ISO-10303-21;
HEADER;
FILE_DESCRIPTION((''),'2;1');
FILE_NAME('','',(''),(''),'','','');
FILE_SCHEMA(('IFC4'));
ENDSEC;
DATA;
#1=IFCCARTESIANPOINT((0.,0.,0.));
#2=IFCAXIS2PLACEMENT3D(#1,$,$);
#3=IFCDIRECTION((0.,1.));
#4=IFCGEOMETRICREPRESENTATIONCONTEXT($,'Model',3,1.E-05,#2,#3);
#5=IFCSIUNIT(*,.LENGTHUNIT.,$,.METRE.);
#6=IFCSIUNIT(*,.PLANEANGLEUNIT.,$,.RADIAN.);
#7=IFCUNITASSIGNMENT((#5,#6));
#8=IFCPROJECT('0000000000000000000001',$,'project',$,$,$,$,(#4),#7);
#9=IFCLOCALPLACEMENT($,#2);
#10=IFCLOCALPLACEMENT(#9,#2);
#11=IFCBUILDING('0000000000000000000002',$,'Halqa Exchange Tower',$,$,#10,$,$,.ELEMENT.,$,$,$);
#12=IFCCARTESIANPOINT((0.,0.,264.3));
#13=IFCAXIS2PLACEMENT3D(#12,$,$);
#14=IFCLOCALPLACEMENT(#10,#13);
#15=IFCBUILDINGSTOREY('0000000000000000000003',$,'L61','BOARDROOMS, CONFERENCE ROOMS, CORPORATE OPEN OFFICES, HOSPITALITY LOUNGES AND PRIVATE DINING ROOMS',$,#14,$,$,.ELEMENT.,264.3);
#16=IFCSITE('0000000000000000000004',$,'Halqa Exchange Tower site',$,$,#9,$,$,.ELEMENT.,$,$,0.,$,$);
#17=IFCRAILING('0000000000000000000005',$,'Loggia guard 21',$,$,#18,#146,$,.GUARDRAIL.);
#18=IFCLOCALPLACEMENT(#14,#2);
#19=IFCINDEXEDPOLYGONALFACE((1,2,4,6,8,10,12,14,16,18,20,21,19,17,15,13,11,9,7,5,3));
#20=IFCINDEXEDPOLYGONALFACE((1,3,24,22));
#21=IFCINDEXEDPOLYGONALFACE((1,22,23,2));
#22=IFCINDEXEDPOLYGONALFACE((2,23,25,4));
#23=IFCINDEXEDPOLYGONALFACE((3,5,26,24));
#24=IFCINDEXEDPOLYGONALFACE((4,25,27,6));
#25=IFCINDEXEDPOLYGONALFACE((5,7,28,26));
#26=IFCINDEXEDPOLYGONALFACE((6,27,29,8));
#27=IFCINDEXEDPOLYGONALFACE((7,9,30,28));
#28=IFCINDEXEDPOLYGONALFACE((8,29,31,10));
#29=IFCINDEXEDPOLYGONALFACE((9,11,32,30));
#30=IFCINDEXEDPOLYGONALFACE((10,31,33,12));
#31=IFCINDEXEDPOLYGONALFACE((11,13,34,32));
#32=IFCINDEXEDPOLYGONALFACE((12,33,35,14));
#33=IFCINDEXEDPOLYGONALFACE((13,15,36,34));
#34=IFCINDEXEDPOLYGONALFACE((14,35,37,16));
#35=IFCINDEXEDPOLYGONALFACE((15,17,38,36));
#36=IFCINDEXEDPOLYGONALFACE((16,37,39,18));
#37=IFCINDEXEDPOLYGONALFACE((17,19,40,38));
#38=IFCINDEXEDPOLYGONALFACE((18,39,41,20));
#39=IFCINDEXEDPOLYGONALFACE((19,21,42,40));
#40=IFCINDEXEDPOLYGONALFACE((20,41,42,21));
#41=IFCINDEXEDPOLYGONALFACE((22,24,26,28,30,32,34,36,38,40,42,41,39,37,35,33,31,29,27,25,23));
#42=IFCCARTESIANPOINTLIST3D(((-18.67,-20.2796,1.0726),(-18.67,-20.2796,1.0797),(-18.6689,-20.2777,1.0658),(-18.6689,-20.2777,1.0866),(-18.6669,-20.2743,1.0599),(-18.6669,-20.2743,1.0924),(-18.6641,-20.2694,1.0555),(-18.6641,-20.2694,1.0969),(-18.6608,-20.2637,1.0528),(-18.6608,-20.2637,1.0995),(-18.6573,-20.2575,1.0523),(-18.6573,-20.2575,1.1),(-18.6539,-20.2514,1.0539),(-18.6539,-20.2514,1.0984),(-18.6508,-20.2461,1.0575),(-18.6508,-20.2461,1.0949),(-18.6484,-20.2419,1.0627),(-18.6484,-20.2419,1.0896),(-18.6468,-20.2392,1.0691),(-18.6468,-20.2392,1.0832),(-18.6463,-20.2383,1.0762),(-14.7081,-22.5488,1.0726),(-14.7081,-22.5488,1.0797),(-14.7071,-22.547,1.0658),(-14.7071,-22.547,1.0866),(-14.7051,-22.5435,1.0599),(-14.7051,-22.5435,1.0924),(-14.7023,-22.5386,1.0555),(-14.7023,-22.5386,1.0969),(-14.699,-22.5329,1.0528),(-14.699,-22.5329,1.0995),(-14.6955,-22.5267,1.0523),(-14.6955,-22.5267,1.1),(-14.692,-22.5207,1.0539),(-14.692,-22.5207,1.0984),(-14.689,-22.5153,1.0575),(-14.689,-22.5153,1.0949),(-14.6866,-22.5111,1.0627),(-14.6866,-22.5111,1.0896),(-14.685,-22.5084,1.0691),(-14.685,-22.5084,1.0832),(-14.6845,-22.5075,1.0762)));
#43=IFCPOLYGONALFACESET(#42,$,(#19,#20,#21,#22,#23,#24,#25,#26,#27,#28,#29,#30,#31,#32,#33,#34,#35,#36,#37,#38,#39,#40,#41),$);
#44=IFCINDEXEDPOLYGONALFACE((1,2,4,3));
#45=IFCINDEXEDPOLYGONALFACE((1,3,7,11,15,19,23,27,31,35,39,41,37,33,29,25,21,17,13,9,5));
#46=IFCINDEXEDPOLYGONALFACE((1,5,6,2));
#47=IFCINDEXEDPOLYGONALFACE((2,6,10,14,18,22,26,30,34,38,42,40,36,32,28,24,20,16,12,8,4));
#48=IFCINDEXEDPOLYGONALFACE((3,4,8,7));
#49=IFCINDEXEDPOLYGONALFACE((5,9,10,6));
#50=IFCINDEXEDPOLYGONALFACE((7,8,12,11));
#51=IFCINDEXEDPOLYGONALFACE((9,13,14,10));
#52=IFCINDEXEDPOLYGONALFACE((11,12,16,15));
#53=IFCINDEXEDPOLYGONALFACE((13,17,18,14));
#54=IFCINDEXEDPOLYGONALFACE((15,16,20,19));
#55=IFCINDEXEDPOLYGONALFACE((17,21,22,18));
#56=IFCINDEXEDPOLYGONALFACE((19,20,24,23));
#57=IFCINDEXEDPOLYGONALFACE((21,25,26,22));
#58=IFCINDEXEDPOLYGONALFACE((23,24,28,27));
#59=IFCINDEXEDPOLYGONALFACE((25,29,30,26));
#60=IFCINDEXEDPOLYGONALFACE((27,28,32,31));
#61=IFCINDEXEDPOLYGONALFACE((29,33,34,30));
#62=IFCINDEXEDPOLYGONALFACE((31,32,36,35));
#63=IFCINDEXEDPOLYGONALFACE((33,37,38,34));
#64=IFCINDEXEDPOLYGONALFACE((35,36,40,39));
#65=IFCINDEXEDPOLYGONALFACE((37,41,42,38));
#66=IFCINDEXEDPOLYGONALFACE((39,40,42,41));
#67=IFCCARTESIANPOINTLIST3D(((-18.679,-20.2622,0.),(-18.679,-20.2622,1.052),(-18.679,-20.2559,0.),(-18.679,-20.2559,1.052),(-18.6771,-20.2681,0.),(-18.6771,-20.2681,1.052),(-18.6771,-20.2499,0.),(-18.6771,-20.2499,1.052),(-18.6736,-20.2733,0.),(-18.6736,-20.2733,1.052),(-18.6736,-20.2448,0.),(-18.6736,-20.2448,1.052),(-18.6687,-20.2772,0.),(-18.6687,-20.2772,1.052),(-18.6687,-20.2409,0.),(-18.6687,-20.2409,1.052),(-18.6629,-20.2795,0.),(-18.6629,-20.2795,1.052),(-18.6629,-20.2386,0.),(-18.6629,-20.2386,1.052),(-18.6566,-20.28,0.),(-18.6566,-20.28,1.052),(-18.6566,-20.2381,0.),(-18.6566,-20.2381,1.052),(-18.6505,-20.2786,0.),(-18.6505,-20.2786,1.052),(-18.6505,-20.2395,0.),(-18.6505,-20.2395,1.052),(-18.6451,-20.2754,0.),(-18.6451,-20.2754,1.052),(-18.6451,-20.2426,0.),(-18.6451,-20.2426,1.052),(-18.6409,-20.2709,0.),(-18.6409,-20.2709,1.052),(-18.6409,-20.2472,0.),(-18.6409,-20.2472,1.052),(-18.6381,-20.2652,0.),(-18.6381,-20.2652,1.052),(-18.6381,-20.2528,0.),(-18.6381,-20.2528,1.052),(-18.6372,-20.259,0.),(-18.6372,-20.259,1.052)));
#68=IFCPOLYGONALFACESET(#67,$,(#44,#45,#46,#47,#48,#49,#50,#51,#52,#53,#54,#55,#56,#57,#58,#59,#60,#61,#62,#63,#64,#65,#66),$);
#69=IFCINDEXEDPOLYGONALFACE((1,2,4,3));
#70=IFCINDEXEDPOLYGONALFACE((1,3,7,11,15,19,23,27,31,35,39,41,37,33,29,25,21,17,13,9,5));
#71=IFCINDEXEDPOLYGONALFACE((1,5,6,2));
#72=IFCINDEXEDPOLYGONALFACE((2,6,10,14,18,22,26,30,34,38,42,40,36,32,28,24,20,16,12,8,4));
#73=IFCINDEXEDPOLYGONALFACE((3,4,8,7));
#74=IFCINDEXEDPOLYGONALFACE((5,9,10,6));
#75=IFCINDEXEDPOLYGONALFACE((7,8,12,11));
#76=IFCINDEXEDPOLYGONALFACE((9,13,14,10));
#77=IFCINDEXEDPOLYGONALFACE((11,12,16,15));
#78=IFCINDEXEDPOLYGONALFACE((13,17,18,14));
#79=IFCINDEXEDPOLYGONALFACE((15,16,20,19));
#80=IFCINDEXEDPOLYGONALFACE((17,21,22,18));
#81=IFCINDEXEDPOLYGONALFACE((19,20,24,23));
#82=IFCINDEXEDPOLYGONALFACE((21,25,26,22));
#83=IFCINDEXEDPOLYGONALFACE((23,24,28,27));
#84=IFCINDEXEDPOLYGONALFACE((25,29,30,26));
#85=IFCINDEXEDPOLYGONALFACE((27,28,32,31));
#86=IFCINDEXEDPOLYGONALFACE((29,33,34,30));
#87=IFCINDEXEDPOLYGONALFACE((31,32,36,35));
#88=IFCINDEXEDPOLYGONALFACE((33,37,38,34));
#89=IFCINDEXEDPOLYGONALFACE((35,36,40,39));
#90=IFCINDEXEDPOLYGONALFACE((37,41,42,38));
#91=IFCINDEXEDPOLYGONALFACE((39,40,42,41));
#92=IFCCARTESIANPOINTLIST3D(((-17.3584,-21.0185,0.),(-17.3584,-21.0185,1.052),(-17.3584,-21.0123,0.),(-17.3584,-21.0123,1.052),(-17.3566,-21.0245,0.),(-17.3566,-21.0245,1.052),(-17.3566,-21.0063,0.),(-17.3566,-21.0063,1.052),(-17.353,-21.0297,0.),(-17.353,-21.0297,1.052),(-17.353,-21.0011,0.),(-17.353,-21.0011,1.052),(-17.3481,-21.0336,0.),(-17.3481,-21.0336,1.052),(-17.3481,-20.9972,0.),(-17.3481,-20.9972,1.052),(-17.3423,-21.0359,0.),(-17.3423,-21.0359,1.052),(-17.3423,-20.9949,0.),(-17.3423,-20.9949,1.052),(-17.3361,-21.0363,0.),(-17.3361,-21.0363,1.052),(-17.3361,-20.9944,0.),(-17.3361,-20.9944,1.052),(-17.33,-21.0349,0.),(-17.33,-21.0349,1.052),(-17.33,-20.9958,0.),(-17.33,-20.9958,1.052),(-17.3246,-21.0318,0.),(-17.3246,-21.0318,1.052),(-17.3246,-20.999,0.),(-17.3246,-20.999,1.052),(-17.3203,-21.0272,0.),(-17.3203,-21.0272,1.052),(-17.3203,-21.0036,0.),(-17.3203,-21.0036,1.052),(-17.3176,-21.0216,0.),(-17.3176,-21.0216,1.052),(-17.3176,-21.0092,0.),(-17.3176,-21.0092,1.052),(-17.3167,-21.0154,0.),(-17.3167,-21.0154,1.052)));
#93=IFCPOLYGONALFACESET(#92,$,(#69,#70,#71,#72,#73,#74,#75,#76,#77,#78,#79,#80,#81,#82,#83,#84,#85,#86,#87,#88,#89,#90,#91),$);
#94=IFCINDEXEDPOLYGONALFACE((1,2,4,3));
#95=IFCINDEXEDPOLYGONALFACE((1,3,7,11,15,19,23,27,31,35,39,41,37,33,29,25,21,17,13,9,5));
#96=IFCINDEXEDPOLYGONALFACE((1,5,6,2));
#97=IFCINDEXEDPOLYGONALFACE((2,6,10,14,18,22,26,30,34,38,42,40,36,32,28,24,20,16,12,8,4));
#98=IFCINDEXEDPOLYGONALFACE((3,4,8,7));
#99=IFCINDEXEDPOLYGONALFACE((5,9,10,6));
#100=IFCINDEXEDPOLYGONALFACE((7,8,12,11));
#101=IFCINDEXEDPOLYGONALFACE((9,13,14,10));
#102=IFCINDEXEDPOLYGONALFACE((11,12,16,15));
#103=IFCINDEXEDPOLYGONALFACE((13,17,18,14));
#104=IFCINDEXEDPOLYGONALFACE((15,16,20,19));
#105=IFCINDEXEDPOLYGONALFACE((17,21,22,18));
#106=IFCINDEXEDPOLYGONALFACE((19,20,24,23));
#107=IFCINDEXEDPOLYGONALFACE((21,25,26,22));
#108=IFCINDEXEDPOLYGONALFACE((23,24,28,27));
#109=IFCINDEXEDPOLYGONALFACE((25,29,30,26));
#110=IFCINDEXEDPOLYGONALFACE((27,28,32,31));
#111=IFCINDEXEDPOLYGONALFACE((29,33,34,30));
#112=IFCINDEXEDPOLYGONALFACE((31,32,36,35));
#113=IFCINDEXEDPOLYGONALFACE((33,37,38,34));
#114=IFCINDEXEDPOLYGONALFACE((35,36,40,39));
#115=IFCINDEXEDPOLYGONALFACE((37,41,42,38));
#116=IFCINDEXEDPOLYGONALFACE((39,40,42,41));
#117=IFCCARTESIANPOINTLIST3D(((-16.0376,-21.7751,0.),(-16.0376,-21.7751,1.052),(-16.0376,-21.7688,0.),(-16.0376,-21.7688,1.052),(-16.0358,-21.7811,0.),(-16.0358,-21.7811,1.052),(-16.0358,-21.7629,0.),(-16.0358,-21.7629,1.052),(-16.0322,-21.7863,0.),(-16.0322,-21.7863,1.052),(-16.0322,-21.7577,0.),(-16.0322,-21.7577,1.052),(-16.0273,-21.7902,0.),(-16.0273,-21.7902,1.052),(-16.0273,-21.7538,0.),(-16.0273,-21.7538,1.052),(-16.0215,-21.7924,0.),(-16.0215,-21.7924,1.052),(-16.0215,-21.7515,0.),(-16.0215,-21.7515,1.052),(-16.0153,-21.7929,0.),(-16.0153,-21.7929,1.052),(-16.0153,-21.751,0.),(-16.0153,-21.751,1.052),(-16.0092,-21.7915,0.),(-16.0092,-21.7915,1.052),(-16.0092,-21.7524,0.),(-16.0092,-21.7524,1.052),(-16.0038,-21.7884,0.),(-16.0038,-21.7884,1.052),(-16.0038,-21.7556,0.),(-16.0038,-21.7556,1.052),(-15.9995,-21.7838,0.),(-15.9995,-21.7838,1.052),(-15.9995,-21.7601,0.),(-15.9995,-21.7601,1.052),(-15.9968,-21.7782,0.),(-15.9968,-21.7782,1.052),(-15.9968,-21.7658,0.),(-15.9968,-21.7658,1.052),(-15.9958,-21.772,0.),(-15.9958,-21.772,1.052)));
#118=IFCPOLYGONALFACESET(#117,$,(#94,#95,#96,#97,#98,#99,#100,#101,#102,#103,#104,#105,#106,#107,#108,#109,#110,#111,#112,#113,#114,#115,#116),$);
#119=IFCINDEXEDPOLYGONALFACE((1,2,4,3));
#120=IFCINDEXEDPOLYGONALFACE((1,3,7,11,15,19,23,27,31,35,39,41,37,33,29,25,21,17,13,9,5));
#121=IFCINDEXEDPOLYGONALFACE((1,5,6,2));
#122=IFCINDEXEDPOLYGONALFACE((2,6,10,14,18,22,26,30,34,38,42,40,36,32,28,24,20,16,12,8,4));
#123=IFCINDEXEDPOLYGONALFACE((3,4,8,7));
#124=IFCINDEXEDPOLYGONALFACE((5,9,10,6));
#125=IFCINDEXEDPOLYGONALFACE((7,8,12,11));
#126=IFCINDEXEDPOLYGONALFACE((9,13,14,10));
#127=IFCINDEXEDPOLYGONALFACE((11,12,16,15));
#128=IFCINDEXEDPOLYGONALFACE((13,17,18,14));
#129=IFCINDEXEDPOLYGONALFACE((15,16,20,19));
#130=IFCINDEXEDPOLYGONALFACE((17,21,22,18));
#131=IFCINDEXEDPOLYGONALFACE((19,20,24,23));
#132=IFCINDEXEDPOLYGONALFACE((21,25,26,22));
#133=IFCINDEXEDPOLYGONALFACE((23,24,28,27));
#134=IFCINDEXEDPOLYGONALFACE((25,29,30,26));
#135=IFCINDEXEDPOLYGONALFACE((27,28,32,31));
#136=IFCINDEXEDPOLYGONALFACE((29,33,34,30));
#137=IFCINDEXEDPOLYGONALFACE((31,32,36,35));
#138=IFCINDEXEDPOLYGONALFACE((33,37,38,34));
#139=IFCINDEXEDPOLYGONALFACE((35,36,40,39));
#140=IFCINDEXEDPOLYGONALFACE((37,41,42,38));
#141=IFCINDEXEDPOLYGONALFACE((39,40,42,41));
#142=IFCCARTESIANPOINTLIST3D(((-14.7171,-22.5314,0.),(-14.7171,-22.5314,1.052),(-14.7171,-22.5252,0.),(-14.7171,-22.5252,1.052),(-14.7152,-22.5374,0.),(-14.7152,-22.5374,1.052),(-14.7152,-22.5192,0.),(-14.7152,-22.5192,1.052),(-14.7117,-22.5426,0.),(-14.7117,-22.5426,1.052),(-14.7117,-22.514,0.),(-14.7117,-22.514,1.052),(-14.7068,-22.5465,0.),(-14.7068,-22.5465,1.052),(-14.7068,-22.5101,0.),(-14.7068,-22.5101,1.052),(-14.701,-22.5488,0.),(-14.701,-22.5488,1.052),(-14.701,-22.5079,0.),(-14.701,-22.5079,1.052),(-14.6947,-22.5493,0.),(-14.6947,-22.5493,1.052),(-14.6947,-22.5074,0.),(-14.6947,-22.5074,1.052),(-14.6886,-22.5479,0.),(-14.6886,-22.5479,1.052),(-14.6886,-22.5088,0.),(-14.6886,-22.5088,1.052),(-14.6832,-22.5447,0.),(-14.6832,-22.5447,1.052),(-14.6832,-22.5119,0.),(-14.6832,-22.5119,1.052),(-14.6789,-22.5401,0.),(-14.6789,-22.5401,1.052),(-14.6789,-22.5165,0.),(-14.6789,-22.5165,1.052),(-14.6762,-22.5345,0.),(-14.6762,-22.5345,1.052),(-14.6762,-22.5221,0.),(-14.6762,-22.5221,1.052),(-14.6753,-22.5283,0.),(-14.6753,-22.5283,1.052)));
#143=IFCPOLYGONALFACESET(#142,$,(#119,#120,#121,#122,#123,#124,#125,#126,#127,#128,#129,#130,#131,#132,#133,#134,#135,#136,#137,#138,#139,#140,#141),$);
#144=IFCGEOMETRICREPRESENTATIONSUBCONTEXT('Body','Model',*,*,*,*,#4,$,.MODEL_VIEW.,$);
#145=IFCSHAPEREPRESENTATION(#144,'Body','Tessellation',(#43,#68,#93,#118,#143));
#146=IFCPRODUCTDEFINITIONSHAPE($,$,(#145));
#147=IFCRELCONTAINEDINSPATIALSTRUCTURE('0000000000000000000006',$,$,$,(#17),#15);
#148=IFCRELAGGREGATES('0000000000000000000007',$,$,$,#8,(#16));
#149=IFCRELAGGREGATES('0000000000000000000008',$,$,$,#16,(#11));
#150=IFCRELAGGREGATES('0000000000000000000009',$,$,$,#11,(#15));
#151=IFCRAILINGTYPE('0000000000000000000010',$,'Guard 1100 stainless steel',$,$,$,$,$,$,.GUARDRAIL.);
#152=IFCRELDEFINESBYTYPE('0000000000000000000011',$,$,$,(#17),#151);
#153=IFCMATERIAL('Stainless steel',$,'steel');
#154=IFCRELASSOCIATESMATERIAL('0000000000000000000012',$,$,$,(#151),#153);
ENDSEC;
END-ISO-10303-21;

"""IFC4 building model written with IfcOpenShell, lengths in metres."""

from ifc_helpers import new_model, si_unit, direction, frame, origin, origin_2d, place, context, subcontext, project, spatial, circle, extrude, material, type_object, element, save


model = new_model("IFC4")

# Units and contexts
model_context = context("Model", 3, precision=1e-05, world=origin(), true_north=direction((0.0, 1.0)))
body_context = subcontext(model_context, "Body", "Model", "MODEL_VIEW")
ifc_project = project(units=[si_unit("LENGTHUNIT", "METRE"), si_unit("PLANEANGLEUNIT", "RADIAN")], contexts=[model_context])

# Site, building, storey
site_placement = place(None, origin())
site = spatial("IfcSite", under=ifc_project, at=site_placement, Name="Halqa Exchange Tower site", CompositionType="ELEMENT", RefElevation=0.0)
building_placement = place(site_placement, origin())
building = spatial("IfcBuilding", under=site, at=building_placement, Name="Halqa Exchange Tower", CompositionType="ELEMENT")
storey_placement = place(building_placement, frame((0.0, 0.0, 264.3)))
storey = spatial("IfcBuildingStorey", under=building, at=storey_placement, Name="L61", Description="BOARDROOMS, CONFERENCE ROOMS, CORPORATE OPEN OFFICES, HOSPITALITY LOUNGES AND PRIVATE DINING ROOMS", CompositionType="ELEMENT", Elevation=264.3)

# Railing
ifc_material_1 = material(Name="Stainless steel", Category="steel")
railing_type = type_object("IfcRailingType", Name="Guard 1100 stainless steel", PredefinedType="GUARDRAIL", material=ifc_material_1)
railing_1_placement = place(storey_placement, frame((-18.6582, -20.259, 0.0)))
element("IfcRailing", 1, at=railing_1_placement, inside=storey, type_object=railing_type, Name="Loggia guard 21", PredefinedType="GUARDRAIL", context=body_context, shape_type="SweptSolid", body=[
    extrude(circle(Radius=0.0239, at=origin_2d()), frame((0.0, 0.0, 1.0762), z_axis=(0.867739, -0.49702, 0.0), x_axis=(0.49702, 0.867739, 0.0)), (0.0, 0.0, 1.0), 4.5657),
    extrude(circle(Radius=0.021, at=origin_2d()), origin(), (0.0, 0.0, 1.0), 1.052),
    extrude(circle(Radius=0.021, at=origin_2d()), frame((1.3206, -0.7563, 0.0)), (0.0, 0.0, 1.0), 1.052),
    extrude(circle(Radius=0.021, at=origin_2d()), frame((2.6414, -1.5129, 0.0)), (0.0, 0.0, 1.0), 1.052),
    extrude(circle(Radius=0.021, at=origin_2d()), frame((3.9619, -2.2693, 0.0)), (0.0, 0.0, 1.0), 1.052),
])

save(model, "model.ifc")
